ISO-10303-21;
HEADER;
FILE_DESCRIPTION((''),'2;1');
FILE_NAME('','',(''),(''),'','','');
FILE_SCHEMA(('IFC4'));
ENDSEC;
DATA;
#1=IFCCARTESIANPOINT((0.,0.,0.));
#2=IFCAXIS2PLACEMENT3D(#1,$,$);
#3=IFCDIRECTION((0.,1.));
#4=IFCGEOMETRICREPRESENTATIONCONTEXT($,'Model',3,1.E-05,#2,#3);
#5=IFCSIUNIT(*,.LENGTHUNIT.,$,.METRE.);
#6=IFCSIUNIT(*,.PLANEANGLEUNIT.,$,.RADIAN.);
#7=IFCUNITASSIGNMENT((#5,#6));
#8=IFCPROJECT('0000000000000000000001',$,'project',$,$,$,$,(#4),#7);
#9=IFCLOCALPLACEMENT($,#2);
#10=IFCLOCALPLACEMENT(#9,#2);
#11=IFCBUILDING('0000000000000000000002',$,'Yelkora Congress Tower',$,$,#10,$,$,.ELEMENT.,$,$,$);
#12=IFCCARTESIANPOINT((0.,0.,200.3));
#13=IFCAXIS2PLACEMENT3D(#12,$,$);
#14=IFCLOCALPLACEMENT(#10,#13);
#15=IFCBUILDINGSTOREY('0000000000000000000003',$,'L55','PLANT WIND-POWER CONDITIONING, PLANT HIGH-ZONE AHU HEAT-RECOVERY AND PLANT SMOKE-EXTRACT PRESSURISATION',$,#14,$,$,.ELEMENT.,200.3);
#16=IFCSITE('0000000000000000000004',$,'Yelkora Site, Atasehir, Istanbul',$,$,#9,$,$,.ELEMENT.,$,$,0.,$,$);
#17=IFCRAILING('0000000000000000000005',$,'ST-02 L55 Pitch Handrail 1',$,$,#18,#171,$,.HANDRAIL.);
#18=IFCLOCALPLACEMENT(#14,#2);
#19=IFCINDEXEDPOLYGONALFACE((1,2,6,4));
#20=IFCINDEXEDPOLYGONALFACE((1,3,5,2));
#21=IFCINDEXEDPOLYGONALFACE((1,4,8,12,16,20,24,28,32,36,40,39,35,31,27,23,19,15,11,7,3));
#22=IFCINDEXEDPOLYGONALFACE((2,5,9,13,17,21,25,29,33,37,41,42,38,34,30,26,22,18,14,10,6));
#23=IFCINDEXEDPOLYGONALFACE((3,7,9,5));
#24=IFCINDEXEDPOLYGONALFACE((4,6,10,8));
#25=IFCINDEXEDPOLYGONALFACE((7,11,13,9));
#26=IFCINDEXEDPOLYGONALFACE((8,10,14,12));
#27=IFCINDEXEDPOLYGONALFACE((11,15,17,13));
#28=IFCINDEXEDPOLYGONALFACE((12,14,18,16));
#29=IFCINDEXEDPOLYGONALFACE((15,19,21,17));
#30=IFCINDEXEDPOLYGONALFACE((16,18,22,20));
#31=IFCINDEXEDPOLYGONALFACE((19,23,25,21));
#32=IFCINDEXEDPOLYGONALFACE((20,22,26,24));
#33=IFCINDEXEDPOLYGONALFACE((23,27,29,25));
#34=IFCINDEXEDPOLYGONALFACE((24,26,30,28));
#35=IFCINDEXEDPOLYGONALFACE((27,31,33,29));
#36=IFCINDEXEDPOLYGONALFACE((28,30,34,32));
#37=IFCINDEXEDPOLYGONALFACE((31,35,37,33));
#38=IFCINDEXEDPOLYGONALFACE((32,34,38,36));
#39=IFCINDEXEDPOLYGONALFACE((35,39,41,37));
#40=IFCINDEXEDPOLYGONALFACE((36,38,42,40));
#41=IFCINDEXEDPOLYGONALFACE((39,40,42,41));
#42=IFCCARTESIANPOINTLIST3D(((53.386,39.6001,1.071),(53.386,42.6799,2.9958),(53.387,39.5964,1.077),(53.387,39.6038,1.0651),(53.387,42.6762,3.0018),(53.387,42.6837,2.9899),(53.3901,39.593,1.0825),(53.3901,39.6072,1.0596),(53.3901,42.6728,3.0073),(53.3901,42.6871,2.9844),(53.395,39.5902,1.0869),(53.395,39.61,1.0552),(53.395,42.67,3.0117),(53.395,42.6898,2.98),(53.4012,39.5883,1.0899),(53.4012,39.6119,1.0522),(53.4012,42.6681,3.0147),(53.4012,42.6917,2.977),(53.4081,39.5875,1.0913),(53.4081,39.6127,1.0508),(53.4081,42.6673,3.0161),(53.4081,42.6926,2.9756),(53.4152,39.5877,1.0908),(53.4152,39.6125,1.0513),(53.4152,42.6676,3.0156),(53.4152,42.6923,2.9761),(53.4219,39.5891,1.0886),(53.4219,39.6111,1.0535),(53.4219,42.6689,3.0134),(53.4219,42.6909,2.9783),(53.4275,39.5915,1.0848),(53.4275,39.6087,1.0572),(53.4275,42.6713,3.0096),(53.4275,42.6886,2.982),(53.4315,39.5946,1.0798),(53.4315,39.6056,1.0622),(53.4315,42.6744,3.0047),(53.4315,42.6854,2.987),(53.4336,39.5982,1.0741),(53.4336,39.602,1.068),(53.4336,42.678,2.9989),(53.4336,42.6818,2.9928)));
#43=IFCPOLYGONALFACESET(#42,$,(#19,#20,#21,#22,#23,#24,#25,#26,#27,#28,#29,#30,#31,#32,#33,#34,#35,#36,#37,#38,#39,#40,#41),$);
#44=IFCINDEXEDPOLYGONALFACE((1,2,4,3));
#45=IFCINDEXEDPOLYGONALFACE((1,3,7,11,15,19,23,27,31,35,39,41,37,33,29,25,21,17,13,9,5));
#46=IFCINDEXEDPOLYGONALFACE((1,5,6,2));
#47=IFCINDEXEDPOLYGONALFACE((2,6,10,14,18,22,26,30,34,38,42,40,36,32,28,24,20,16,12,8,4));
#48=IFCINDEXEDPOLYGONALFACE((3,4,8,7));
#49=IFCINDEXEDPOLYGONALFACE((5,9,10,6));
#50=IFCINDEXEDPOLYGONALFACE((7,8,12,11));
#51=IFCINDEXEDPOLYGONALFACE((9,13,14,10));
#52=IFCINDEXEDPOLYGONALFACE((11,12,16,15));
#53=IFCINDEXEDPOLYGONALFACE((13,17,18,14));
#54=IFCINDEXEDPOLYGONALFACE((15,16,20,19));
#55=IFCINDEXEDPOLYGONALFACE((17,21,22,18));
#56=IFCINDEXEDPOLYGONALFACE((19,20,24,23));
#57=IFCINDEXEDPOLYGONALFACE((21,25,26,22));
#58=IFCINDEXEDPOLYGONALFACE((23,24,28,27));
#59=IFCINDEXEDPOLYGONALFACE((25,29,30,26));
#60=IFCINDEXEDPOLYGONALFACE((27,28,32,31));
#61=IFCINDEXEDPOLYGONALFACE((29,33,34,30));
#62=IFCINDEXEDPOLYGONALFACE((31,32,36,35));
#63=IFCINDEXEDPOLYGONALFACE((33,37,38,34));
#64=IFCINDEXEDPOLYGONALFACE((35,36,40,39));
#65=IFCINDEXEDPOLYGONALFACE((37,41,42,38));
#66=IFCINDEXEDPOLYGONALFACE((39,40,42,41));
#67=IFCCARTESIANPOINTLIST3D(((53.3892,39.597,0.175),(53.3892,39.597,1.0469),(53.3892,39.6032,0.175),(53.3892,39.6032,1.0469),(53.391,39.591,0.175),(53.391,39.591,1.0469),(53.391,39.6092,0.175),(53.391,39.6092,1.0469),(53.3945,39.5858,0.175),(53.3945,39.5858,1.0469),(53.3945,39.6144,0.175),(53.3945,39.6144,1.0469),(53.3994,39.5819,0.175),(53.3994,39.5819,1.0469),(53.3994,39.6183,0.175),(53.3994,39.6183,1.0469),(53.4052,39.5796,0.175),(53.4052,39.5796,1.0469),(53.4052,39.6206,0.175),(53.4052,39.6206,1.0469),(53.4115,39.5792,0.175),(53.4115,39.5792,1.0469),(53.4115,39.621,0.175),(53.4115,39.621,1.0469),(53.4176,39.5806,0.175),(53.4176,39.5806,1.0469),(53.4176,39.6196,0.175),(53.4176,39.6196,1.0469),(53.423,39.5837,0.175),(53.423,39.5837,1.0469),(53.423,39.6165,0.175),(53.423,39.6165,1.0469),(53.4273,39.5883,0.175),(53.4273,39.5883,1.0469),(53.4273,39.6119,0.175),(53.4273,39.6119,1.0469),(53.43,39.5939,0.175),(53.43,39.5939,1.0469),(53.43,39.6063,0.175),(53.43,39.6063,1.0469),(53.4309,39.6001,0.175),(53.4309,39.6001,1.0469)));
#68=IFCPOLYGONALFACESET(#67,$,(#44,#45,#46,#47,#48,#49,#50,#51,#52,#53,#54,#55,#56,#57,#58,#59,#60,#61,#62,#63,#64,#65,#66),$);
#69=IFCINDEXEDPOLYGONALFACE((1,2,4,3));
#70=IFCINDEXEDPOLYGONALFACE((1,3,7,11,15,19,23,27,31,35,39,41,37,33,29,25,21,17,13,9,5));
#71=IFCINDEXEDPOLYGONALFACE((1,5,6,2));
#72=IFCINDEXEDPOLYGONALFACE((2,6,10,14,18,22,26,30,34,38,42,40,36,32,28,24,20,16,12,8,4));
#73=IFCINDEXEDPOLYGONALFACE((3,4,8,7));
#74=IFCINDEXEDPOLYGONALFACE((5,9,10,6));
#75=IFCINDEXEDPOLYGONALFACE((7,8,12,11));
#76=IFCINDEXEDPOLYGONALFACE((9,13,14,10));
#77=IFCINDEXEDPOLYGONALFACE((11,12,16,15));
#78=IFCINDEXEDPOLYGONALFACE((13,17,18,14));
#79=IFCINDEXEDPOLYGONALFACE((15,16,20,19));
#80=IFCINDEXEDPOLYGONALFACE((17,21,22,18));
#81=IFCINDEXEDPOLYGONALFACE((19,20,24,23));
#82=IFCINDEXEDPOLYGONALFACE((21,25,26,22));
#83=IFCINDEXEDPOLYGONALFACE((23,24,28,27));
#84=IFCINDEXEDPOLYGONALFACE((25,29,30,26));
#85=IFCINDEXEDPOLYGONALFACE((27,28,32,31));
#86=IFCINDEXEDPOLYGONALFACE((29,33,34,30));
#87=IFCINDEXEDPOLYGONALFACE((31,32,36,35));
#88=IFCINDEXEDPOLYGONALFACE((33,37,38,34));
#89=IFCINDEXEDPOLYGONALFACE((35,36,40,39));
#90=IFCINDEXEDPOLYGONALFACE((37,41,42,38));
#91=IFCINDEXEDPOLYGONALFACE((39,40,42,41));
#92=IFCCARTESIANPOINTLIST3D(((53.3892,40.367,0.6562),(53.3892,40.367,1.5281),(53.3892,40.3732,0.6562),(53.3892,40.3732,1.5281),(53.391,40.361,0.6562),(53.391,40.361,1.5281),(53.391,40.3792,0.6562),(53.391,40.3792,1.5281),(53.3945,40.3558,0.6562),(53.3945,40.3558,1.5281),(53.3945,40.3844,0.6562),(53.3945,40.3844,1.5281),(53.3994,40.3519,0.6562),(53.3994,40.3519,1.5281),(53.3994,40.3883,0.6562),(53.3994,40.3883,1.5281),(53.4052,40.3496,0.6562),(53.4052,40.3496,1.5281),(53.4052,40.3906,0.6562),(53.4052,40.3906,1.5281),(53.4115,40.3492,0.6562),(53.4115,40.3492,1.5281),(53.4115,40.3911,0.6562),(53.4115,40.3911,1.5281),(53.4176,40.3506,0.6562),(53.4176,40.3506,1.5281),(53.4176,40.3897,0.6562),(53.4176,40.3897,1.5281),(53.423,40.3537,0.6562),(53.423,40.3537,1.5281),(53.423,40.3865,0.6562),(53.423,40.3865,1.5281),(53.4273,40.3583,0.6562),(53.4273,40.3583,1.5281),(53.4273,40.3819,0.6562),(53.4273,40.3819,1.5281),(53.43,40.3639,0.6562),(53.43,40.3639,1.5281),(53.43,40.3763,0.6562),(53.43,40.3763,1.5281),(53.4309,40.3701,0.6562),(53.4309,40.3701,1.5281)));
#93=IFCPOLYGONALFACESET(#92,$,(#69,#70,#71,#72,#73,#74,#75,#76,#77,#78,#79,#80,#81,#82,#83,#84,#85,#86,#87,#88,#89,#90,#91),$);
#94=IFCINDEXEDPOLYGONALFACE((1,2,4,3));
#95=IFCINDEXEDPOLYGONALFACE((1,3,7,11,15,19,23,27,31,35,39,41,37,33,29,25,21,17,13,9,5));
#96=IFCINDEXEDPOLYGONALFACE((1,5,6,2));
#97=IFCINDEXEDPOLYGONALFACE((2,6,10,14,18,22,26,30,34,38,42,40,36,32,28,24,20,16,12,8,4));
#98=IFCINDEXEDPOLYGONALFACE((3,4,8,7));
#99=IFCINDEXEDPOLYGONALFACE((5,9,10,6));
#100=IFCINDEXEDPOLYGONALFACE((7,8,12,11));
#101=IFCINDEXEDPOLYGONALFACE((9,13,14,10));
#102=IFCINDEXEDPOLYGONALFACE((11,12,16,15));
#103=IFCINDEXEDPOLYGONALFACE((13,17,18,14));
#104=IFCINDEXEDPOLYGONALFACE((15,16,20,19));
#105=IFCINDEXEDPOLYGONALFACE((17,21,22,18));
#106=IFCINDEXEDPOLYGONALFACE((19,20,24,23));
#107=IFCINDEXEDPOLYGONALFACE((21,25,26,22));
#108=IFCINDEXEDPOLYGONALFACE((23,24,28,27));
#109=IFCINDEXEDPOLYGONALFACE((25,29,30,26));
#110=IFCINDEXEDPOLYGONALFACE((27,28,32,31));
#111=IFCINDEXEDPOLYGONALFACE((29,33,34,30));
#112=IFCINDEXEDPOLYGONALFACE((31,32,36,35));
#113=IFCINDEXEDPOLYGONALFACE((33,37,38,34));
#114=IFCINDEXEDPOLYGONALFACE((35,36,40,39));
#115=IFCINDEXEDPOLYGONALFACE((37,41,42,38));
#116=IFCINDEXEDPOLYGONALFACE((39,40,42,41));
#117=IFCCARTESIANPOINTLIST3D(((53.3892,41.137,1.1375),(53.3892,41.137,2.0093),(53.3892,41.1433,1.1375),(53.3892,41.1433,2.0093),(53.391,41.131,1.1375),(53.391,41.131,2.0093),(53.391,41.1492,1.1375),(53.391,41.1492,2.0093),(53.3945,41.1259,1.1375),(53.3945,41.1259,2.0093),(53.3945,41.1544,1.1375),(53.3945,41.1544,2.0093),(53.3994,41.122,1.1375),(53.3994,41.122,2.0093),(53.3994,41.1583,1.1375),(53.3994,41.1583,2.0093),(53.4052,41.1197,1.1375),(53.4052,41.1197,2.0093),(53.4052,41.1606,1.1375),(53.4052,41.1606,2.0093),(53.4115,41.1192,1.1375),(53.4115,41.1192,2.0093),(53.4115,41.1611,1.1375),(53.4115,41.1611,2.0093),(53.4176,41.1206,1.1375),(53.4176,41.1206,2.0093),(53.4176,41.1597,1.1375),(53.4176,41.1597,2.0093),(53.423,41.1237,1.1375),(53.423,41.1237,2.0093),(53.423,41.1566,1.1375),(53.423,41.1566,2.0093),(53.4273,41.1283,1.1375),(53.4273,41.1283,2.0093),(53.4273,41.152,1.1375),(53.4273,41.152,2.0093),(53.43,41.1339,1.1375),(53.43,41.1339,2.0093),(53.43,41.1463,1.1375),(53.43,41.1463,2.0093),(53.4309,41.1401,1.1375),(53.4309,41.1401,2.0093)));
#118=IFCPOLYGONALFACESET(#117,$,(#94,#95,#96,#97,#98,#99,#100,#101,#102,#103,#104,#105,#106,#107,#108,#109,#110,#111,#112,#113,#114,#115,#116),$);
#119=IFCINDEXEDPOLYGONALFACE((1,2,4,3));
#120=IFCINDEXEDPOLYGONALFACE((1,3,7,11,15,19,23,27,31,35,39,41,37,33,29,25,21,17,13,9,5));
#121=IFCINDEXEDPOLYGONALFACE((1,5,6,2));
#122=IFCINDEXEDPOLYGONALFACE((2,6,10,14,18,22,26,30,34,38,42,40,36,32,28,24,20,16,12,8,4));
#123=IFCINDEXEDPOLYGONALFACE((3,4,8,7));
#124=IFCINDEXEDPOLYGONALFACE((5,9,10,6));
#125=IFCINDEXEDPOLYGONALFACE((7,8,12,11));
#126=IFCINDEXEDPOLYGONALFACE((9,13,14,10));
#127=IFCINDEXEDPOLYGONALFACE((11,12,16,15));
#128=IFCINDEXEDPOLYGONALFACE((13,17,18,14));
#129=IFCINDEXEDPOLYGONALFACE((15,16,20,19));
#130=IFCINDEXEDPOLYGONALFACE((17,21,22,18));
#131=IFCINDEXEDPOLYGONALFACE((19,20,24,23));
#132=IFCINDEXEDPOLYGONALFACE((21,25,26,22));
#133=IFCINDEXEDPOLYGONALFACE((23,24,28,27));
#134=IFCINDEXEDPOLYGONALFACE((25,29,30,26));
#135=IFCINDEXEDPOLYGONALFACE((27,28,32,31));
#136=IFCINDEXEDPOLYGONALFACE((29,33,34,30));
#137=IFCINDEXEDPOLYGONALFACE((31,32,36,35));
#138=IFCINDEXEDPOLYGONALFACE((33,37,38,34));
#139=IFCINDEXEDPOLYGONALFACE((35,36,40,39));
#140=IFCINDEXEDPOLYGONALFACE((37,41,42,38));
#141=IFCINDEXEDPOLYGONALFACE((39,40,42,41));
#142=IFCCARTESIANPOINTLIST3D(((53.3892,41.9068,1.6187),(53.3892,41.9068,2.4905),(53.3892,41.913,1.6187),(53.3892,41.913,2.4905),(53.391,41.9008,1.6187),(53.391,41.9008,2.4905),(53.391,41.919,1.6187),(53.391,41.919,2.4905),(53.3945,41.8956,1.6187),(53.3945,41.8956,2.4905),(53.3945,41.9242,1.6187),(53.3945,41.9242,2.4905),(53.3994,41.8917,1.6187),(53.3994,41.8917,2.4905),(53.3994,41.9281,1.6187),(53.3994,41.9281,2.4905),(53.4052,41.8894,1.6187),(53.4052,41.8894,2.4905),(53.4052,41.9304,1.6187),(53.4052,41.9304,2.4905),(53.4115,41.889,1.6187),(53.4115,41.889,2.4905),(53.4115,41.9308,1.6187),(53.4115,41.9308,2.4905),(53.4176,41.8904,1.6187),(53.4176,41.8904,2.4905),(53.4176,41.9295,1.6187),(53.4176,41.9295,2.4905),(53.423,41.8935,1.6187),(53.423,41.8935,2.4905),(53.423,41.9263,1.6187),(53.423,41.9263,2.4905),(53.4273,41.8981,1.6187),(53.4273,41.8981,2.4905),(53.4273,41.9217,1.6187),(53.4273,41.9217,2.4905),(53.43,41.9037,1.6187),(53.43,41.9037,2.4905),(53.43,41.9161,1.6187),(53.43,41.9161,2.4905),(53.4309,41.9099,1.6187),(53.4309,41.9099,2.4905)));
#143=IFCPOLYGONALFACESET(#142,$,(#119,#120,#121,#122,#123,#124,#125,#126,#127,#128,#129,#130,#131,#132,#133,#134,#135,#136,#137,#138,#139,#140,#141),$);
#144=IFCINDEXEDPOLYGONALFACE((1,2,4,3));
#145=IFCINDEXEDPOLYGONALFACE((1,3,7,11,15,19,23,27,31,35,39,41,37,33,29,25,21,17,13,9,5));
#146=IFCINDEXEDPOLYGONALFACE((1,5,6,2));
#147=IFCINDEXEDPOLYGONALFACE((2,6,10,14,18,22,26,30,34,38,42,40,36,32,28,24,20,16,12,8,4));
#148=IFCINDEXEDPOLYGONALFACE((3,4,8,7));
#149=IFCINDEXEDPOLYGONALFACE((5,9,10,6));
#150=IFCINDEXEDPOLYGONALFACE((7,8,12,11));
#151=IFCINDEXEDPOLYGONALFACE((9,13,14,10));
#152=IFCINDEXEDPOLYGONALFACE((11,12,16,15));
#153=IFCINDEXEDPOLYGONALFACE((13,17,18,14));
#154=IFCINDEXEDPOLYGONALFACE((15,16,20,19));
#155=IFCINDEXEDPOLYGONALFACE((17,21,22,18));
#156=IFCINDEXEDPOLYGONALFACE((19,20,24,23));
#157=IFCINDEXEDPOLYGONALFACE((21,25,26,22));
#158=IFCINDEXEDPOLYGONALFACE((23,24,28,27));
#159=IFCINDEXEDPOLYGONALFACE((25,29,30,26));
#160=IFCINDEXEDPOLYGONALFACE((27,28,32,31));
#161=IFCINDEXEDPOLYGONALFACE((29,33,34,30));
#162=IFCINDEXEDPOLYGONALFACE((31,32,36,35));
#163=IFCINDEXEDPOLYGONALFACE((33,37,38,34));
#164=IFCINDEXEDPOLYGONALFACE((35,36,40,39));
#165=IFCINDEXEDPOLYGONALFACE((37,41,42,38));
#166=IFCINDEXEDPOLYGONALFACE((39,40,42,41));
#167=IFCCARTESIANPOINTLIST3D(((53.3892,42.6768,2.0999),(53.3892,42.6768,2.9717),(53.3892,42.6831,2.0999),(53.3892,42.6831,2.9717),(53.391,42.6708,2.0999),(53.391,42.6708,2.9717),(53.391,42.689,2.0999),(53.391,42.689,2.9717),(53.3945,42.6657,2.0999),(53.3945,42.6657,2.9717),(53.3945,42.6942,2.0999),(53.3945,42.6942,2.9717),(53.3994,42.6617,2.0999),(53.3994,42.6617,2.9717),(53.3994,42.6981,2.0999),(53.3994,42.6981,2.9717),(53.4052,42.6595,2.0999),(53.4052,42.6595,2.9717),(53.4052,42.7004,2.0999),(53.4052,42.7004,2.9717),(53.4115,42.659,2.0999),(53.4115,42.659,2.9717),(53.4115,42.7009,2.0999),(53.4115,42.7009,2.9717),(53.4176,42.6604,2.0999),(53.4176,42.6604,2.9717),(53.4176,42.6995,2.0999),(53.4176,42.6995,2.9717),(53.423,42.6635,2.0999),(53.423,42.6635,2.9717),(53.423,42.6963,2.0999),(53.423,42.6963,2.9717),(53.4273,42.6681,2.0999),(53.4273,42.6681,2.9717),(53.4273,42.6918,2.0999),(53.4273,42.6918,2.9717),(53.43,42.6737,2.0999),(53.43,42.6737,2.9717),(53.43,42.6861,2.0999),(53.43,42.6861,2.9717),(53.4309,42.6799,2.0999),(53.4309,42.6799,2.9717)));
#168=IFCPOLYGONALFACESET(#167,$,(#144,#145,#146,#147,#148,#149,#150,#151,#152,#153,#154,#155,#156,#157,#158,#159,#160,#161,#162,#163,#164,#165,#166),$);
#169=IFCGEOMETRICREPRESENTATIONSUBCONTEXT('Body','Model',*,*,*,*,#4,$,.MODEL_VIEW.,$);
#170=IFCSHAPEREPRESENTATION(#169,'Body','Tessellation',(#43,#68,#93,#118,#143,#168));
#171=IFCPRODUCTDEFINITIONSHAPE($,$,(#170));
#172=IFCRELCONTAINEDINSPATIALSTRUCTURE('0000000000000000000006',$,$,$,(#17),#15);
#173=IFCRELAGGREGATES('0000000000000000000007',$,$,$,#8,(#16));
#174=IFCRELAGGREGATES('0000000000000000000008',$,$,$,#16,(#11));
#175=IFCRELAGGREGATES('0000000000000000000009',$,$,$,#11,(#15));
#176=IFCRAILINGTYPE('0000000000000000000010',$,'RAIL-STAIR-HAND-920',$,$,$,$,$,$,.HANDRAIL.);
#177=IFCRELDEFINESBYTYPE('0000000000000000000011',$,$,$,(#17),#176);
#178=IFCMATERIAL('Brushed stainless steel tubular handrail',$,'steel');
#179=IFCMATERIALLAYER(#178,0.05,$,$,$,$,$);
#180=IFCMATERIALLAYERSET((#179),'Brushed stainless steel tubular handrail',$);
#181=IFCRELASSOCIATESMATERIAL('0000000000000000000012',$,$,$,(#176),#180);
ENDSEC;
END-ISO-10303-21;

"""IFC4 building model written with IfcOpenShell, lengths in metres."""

from ifc_helpers import new_model, si_unit, direction, frame, origin, origin_2d, place, context, subcontext, project, spatial, circle, extrude, material, layer, layer_set, type_object, element, save


model = new_model("IFC4")

# Units and contexts
model_context = context("Model", 3, precision=1e-05, world=origin(), true_north=direction((0.0, 1.0)))
body_context = subcontext(model_context, "Body", "Model", "MODEL_VIEW")
ifc_project = project(units=[si_unit("LENGTHUNIT", "METRE"), si_unit("PLANEANGLEUNIT", "RADIAN")], contexts=[model_context])

# Site, building, storey
site_placement = place(None, origin())
site = spatial("IfcSite", under=ifc_project, at=site_placement, Name="Yelkora Site, Atasehir, Istanbul", CompositionType="ELEMENT", RefElevation=0.0)
building_placement = place(site_placement, origin())
building = spatial("IfcBuilding", under=site, at=building_placement, Name="Yelkora Congress Tower", CompositionType="ELEMENT")
storey_placement = place(building_placement, frame((0.0, 0.0, 200.3)))
storey = spatial("IfcBuildingStorey", under=building, at=storey_placement, Name="L55", Description="PLANT WIND-POWER CONDITIONING, PLANT HIGH-ZONE AHU HEAT-RECOVERY AND PLANT SMOKE-EXTRACT PRESSURISATION", CompositionType="ELEMENT", Elevation=200.3)

# Railing
ifc_material_1 = material(Name="Brushed stainless steel tubular handrail", Category="steel")
ifc_layer_1 = layer(ifc_material_1, 0.05)
ifc_layer_set_1 = layer_set([ifc_layer_1], Name="Brushed stainless steel tubular handrail")
railing_type_1 = type_object("IfcRailingType", Name="RAIL-STAIR-HAND-920", PredefinedType="HANDRAIL", material=ifc_layer_set_1)
railing_1_placement = place(storey_placement, frame((53.4099, 39.6001, 0.175)))
element("IfcRailing", 1, at=railing_1_placement, inside=storey, type_object=railing_type_1, Name="ST-02 L55 Pitch Handrail 1", PredefinedType="HANDRAIL", context=body_context, shape_type="SweptSolid", body=[
    extrude(circle(Radius=0.0239, at=origin_2d()), frame((0.0, 0.0, 0.896), z_axis=(0.0, 0.84801, 0.529981), x_axis=(-1.0, 0.0, 0.0)), (0.0, 0.0, 1.0), 3.6318),
    extrude(circle(Radius=0.021, at=origin_2d()), origin(), (0.0, 0.0, 1.0), 0.8718),
    extrude(circle(Radius=0.021, at=origin_2d()), frame((0.0, 0.77, 0.4812)), (0.0, 0.0, 1.0), 0.8718),
    extrude(circle(Radius=0.021, at=origin_2d()), frame((0.0, 1.54, 0.9624)), (0.0, 0.0, 1.0), 0.8718),
    extrude(circle(Radius=0.021, at=origin_2d()), frame((0.0, 2.3098, 1.4436)), (0.0, 0.0, 1.0), 0.8718),
    extrude(circle(Radius=0.021, at=origin_2d()), frame((0.0, 3.0798, 1.9248)), (0.0, 0.0, 1.0), 0.8718),
])

save(model, "model.ifc")
